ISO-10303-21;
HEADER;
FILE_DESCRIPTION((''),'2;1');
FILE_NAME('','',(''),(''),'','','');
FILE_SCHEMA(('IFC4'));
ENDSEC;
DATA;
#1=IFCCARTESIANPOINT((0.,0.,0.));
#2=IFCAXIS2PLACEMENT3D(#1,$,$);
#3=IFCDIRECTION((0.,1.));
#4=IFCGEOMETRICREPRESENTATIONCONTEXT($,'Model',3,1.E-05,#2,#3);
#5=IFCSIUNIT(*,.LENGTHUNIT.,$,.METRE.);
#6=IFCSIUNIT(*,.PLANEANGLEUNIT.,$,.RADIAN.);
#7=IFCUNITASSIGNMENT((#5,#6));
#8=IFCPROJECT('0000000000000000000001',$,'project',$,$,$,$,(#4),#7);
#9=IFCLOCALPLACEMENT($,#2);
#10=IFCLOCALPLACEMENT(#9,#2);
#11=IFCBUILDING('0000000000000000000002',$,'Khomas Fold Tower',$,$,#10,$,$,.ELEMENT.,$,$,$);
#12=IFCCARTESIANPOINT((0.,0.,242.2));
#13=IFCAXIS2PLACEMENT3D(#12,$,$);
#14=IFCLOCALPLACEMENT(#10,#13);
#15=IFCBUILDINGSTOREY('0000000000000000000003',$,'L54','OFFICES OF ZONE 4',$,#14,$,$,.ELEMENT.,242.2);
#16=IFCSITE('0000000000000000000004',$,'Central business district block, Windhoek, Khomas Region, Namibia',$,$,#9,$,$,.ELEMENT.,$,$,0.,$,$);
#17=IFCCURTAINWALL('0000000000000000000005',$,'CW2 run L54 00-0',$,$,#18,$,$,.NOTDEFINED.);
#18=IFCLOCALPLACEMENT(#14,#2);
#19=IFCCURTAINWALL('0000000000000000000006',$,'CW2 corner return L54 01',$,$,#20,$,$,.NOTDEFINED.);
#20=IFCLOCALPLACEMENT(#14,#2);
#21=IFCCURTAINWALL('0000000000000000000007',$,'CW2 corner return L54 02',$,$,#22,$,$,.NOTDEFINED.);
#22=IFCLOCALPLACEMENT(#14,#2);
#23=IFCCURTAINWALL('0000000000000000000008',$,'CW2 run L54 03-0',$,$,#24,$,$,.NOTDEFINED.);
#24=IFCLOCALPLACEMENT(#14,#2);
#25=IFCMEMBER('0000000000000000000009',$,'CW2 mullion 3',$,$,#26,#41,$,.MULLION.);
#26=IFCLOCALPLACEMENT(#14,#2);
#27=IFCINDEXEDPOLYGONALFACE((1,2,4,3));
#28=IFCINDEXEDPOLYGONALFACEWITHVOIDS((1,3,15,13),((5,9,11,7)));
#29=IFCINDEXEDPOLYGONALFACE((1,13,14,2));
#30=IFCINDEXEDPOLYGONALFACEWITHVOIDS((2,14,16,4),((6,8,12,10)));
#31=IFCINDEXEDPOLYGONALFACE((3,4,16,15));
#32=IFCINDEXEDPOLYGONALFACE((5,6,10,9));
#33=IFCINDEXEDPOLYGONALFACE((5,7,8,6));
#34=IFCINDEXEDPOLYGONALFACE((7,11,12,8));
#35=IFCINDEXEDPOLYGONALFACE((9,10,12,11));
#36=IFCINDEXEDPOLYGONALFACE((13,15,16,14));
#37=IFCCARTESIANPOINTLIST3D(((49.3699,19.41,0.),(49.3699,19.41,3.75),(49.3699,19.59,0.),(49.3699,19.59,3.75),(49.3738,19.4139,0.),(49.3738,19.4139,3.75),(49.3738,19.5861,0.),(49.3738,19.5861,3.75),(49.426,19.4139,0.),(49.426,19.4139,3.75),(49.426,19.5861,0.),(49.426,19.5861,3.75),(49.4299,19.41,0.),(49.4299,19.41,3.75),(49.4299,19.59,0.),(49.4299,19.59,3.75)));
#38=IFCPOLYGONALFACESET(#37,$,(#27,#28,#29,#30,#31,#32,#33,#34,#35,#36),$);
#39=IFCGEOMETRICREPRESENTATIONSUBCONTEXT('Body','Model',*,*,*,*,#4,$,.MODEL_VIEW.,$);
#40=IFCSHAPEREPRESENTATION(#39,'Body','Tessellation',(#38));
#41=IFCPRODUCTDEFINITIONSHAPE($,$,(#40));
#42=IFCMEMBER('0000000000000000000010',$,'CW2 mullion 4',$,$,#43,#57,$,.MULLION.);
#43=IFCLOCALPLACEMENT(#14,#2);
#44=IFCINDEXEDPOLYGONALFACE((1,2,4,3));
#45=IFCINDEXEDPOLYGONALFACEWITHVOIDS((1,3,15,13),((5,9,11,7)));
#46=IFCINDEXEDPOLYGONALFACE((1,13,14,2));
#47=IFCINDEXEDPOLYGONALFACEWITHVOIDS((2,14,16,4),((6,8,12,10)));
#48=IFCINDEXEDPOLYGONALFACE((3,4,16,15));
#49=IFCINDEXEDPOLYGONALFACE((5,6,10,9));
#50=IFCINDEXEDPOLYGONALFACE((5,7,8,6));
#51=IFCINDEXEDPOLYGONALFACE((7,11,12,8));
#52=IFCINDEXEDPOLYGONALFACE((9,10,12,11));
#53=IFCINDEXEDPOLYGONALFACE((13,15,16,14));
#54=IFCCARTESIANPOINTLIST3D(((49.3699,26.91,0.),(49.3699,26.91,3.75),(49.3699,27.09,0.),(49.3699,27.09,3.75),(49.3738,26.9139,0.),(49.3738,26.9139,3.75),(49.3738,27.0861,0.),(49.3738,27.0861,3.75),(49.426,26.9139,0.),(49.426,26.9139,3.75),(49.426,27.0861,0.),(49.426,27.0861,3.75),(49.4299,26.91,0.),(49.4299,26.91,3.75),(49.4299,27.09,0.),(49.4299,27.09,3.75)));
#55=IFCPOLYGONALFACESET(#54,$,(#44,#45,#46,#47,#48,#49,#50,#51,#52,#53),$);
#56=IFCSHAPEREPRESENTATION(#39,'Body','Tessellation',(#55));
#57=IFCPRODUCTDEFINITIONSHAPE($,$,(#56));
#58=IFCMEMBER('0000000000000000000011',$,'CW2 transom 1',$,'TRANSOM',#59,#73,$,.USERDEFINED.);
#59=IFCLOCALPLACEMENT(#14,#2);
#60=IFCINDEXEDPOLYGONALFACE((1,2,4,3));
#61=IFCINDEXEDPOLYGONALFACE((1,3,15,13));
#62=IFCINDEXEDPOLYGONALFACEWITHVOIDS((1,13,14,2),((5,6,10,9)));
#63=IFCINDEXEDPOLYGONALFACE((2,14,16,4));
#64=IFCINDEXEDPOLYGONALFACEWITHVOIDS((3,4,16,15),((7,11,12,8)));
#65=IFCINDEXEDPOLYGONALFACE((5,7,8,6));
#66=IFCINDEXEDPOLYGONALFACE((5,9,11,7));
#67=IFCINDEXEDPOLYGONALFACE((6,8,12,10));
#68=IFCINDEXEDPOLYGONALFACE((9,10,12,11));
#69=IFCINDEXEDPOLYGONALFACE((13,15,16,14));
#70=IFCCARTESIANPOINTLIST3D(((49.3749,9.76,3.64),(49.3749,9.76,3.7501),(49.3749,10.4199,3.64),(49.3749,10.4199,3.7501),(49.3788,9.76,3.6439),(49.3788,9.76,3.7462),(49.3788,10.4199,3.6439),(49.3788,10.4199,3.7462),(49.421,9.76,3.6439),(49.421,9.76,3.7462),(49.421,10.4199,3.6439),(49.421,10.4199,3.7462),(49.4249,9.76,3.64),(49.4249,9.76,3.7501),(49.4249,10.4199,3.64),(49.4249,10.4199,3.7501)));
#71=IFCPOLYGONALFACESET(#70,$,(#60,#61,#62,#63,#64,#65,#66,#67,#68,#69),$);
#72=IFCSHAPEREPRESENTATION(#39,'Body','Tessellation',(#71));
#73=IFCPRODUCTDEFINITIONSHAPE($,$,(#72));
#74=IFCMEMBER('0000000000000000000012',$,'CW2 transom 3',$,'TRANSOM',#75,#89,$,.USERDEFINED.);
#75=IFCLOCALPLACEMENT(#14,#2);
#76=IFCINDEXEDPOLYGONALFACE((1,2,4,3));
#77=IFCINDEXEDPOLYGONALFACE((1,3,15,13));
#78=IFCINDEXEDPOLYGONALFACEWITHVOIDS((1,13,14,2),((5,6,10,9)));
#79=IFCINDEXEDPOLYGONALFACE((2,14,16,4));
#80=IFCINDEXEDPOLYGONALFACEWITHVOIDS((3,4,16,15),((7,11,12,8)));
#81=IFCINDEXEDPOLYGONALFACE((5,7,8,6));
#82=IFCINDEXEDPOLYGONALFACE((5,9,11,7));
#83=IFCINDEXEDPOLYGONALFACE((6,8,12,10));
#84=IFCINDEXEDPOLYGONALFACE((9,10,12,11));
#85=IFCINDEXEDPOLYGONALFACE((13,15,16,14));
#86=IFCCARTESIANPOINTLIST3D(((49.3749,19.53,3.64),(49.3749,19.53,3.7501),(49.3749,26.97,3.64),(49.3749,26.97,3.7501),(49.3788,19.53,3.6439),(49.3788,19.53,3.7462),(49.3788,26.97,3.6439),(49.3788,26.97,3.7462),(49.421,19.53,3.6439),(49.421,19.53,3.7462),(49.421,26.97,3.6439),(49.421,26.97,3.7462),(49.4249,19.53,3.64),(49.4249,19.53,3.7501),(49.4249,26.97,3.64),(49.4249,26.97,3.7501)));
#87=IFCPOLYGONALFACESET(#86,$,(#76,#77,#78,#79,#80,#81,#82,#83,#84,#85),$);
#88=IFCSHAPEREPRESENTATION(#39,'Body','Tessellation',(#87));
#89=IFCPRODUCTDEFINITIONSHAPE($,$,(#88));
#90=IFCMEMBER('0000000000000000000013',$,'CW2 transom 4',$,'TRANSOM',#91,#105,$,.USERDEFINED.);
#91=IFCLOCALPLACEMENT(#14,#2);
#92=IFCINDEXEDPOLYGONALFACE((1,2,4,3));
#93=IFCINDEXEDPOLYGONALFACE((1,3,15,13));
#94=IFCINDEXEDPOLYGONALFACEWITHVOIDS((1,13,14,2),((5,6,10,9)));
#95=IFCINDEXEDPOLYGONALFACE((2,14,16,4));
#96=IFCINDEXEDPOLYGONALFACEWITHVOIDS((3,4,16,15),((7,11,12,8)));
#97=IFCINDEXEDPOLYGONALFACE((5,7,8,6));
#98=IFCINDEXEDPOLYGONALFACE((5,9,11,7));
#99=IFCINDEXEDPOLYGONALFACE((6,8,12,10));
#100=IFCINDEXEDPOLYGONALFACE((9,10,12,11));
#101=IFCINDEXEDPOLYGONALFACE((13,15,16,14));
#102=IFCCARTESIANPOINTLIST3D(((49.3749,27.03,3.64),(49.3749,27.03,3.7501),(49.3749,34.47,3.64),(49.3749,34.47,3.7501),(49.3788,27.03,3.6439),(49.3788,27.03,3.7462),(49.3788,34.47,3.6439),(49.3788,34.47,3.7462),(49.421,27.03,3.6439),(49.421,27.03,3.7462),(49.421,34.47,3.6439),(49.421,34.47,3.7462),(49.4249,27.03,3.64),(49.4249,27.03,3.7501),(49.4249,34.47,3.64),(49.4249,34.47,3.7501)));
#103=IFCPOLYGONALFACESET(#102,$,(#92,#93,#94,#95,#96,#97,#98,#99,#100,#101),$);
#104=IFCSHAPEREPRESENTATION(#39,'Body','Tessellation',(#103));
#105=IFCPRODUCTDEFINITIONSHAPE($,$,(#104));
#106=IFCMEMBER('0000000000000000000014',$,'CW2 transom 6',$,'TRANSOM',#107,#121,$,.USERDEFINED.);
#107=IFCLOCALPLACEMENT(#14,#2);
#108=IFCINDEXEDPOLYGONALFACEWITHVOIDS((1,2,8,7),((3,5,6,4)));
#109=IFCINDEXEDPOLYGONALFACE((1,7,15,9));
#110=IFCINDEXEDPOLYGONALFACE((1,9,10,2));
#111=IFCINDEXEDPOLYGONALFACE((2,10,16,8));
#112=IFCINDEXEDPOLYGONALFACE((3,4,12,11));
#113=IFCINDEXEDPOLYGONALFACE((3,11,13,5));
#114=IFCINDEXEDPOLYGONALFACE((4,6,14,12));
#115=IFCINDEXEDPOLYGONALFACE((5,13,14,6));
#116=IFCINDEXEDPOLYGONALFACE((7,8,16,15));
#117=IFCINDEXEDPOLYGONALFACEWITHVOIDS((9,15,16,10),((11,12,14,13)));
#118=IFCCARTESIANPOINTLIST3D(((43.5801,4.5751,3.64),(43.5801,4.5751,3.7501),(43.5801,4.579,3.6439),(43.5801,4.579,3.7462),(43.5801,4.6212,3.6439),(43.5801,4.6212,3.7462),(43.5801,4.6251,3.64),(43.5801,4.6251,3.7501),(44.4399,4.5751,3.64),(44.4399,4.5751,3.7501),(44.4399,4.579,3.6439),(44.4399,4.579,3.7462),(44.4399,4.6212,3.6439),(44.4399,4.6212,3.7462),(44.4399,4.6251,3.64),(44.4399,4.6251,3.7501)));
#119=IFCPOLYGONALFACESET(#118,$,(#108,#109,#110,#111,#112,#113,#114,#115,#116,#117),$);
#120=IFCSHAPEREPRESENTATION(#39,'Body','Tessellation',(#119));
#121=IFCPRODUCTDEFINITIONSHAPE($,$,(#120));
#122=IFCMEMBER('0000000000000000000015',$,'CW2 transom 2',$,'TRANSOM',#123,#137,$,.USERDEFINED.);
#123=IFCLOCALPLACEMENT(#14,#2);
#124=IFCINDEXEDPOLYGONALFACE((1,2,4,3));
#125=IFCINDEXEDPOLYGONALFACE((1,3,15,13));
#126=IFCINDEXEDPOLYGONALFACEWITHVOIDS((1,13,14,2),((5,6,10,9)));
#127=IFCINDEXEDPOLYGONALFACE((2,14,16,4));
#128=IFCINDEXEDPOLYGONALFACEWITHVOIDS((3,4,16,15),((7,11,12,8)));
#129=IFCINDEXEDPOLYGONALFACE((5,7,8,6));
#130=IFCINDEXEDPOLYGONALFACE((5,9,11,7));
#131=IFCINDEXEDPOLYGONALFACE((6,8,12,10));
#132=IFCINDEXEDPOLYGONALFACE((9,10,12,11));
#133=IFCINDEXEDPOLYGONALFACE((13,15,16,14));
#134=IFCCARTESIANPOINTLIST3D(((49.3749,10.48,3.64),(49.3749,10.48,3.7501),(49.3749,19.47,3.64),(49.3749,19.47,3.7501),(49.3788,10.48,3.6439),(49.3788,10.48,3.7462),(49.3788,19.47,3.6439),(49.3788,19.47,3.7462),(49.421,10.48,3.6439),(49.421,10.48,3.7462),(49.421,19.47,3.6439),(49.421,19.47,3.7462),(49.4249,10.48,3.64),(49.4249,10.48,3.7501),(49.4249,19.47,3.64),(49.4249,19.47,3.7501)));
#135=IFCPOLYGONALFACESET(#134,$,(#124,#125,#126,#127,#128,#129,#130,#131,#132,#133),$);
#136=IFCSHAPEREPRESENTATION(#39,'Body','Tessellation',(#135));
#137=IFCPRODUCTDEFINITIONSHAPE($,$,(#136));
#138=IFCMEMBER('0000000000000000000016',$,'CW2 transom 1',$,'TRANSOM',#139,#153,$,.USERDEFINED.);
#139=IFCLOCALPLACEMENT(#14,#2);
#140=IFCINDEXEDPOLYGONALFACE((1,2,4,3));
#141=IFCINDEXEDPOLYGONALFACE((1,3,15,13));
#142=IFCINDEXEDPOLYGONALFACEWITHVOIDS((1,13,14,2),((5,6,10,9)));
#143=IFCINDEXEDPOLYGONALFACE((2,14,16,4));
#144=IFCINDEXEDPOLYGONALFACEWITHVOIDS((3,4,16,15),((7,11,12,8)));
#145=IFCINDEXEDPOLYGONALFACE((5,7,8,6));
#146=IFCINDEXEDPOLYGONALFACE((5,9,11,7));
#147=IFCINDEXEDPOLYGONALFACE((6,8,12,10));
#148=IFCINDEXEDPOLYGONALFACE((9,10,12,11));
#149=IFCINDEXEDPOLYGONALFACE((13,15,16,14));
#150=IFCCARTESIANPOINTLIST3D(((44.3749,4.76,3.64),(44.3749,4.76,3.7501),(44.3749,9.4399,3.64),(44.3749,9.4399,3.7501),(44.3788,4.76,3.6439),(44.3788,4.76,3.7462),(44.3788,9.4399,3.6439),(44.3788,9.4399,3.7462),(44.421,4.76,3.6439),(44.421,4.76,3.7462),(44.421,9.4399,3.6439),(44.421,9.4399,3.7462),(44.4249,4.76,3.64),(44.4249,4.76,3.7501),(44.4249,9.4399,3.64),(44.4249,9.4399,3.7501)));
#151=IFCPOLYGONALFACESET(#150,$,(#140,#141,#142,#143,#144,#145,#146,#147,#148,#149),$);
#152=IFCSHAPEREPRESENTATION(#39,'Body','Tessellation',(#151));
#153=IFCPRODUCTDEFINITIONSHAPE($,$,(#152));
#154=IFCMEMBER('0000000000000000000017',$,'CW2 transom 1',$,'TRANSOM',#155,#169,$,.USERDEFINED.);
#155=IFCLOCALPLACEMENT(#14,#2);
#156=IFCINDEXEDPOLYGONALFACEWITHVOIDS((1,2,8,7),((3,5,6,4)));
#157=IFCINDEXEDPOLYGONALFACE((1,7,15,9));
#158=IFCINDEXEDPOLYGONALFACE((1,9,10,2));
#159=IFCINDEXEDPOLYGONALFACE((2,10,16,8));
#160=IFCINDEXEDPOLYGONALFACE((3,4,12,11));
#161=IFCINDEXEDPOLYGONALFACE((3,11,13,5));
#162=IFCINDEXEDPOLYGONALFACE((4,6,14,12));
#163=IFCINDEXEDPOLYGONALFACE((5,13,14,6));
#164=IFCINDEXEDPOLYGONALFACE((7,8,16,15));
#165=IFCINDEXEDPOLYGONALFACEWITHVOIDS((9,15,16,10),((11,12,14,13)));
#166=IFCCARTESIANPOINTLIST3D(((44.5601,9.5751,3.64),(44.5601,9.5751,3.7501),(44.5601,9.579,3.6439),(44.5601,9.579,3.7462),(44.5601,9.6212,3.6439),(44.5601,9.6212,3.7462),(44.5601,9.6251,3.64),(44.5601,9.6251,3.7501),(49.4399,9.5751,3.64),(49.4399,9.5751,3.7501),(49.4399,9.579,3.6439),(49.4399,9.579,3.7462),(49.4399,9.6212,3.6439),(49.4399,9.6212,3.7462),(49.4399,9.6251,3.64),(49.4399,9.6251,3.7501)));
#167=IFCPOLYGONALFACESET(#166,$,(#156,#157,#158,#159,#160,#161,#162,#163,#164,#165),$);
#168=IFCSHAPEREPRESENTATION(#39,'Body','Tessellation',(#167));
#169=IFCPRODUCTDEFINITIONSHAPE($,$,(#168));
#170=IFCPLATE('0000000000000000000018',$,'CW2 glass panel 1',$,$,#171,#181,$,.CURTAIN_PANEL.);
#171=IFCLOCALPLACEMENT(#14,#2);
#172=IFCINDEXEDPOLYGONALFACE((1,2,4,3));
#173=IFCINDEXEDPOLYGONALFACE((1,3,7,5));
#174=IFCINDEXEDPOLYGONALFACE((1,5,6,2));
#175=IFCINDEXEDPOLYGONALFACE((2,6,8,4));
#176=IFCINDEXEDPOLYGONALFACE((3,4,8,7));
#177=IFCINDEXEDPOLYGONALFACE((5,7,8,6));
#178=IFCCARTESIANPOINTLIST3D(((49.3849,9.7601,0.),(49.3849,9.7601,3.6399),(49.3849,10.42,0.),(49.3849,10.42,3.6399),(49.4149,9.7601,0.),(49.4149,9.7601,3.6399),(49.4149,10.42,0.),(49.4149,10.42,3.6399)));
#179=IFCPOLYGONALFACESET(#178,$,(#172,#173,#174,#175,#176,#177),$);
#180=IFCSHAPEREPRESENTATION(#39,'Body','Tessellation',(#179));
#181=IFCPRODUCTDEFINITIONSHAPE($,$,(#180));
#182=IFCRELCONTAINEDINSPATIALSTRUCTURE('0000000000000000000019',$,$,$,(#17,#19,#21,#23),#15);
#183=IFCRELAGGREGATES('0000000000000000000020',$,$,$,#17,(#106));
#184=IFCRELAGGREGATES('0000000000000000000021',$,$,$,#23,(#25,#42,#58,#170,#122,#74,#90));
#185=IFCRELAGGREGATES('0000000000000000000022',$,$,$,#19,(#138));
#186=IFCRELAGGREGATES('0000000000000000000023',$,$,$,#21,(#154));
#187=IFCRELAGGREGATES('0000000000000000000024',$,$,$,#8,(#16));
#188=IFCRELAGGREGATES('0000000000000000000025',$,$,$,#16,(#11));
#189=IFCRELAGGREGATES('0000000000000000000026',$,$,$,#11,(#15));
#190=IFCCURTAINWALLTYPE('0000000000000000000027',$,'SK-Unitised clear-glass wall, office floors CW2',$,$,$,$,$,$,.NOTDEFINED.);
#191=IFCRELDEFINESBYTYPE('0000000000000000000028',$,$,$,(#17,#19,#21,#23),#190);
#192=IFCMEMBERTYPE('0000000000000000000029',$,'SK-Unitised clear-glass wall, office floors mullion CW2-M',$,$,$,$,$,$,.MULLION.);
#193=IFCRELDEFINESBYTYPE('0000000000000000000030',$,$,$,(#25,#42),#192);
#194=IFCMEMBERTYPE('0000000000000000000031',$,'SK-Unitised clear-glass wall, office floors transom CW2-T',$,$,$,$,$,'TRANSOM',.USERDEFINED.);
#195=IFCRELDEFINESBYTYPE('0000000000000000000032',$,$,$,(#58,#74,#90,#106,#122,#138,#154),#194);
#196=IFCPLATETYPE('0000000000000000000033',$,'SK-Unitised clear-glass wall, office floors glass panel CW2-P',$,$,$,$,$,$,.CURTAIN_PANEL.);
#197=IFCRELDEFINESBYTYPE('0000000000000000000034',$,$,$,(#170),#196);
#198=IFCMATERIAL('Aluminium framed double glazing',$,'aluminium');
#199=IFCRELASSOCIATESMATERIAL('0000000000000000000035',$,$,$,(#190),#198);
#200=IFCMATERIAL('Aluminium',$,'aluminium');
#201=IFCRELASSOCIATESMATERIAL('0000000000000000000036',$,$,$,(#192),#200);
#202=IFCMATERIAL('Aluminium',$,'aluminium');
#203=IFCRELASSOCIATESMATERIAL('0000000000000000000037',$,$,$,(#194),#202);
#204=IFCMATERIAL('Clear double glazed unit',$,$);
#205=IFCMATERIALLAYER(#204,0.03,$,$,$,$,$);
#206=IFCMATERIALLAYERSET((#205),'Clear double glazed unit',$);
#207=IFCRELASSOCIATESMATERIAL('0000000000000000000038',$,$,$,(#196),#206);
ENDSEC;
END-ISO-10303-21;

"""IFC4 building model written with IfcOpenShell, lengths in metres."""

from ifc_helpers import new_model, si_unit, direction, frame, origin, origin_2d, place, context, subcontext, project, spatial, rectangle, hollow_rectangle, extrude, source, transform, mapped, material, layer, layer_set, material_profile, profile_set, type_object, element, aggregate, save


model = new_model("IFC4")

# Units and contexts
model_context = context("Model", 3, precision=1e-05, world=origin(), true_north=direction((0.0, 1.0)))
body_context = subcontext(model_context, "Body", "Model", "MODEL_VIEW")
ifc_project = project(units=[si_unit("LENGTHUNIT", "METRE"), si_unit("PLANEANGLEUNIT", "RADIAN")], contexts=[model_context])

# Site, building, storey
site_placement = place(None, origin())
site = spatial("IfcSite", under=ifc_project, at=site_placement, Name="Central business district block, Windhoek, Khomas Region, Namibia", CompositionType="ELEMENT", RefElevation=0.0)
building_placement = place(site_placement, origin())
building = spatial("IfcBuilding", under=site, at=building_placement, Name="Khomas Fold Tower", CompositionType="ELEMENT")
storey_placement = place(building_placement, frame((0.0, 0.0, 242.2)))
storey = spatial("IfcBuildingStorey", under=building, at=storey_placement, Name="L54", Description="OFFICES OF ZONE 4", CompositionType="ELEMENT", Elevation=242.2)

# Curtain walls, members
ifc_material_1 = material(Name="Aluminium framed double glazing", Category="aluminium")
curtain_wall_type = type_object("IfcCurtainWallType", Name="SK-Unitised clear-glass wall, office floors CW2", PredefinedType="NOTDEFINED", material=ifc_material_1)
curtain_wall_1_placement = place(storey_placement, origin())
curtain_wall_1 = element("IfcCurtainWall", 1, at=curtain_wall_1_placement, inside=storey, type_object=curtain_wall_type, Name="CW2 run L54 00-0", PredefinedType="NOTDEFINED")
ifc_material_2 = material(Name="Aluminium", Category="aluminium")
ifc_material_profile_1 = material_profile(ifc_material_2, hollow_rectangle(XDim=0.0601, YDim=0.1799, WallThickness=0.0039, at=origin_2d()), Name="SK-Unitised clear-glass wall, office floors mullion CW2-M")
ifc_profile_set_1 = profile_set([ifc_material_profile_1], Name="Aluminium")
member_type_1 = type_object("IfcMemberType", Name="SK-Unitised clear-glass wall, office floors mullion CW2-M", PredefinedType="MULLION", material=ifc_profile_set_1)
shared_shape_1 = source(origin(), body_context, "Body", "SweptSolid", [
    extrude(hollow_rectangle(XDim=0.0601, YDim=0.1799, WallThickness=0.0039, at=origin_2d()), origin(), (0.0, 0.0, 1.0), 3.75),
])
curtain_wall_2_placement = place(storey_placement, origin())
curtain_wall_2 = element("IfcCurtainWall", 2, at=curtain_wall_2_placement, inside=storey, type_object=curtain_wall_type, Name="CW2 corner return L54 01", PredefinedType="NOTDEFINED")
curtain_wall_3_placement = place(storey_placement, origin())
curtain_wall_3 = element("IfcCurtainWall", 3, at=curtain_wall_3_placement, inside=storey, type_object=curtain_wall_type, Name="CW2 corner return L54 02", PredefinedType="NOTDEFINED")
curtain_wall_4_placement = place(storey_placement, origin())
curtain_wall_4 = element("IfcCurtainWall", 4, at=curtain_wall_4_placement, inside=storey, type_object=curtain_wall_type, Name="CW2 run L54 03-0", PredefinedType="NOTDEFINED")
member_1_placement = place(storey_placement, frame((49.3999, 19.5, 0.0), z_axis=(0.0, 0.0, 1.0), x_axis=(-1.0, 0.0, 0.0)))
member_1 = element("IfcMember", 5, at=member_1_placement, type_object=member_type_1, Name="CW2 mullion 3", PredefinedType="MULLION", context=body_context, shape_type="MappedRepresentation", body=[
    mapped(shared_shape_1, transform((0.0, 0.0, 0.0))),
])
member_2_placement = place(storey_placement, frame((49.3999, 27.0, 0.0), z_axis=(0.0, 0.0, 1.0), x_axis=(-1.0, 0.0, 0.0)))
member_2 = element("IfcMember", 6, at=member_2_placement, type_object=member_type_1, Name="CW2 mullion 4", PredefinedType="MULLION", context=body_context, shape_type="MappedRepresentation", body=[
    mapped(shared_shape_1, transform((0.0, 0.0, 0.0))),
])
ifc_material_3 = material(Name="Aluminium", Category="aluminium")
ifc_material_profile_2 = material_profile(ifc_material_3, hollow_rectangle(XDim=0.05, YDim=0.1101, WallThickness=0.0039, at=origin_2d()), Name="SK-Unitised clear-glass wall, office floors transom CW2-T")
ifc_profile_set_2 = profile_set([ifc_material_profile_2], Name="Aluminium")
member_type_2 = type_object("IfcMemberType", Name="SK-Unitised clear-glass wall, office floors transom CW2-T", ElementType="TRANSOM", PredefinedType="USERDEFINED", material=ifc_profile_set_2)
shared_shape_2 = source(origin(), body_context, "Body", "SweptSolid", [
    extrude(hollow_rectangle(XDim=0.05, YDim=0.1101, WallThickness=0.0039, at=origin_2d()), origin(), (0.0, 0.0, 1.0), 0.6599),
])
member_3_placement = place(storey_placement, frame((49.3999, 9.76, 3.6951), z_axis=(0.0, 1.0, 0.0), x_axis=(-1.0, 0.0, 0.0)))
member_3 = element("IfcMember", 7, at=member_3_placement, type_object=member_type_2, Name="CW2 transom 1", ObjectType="TRANSOM", PredefinedType="USERDEFINED", context=body_context, shape_type="MappedRepresentation", body=[
    mapped(shared_shape_2, transform((0.0, 0.0, 0.0))),
])
shared_shape_3 = source(origin(), body_context, "Body", "SweptSolid", [
    extrude(hollow_rectangle(XDim=0.05, YDim=0.1101, WallThickness=0.0039, at=origin_2d()), origin(), (0.0, 0.0, 1.0), 7.4399),
])
member_4_placement = place(storey_placement, frame((49.3999, 19.53, 3.6951), z_axis=(0.0, 1.0, 0.0), x_axis=(-1.0, 0.0, 0.0)))
member_4 = element("IfcMember", 8, at=member_4_placement, type_object=member_type_2, Name="CW2 transom 3", ObjectType="TRANSOM", PredefinedType="USERDEFINED", context=body_context, shape_type="MappedRepresentation", body=[
    mapped(shared_shape_3, transform((0.0, 0.0, 0.0))),
])
member_5_placement = place(storey_placement, frame((49.3999, 27.03, 3.6951), z_axis=(0.0, 1.0, 0.0), x_axis=(-1.0, 0.0, 0.0)))
member_5 = element("IfcMember", 9, at=member_5_placement, type_object=member_type_2, Name="CW2 transom 4", ObjectType="TRANSOM", PredefinedType="USERDEFINED", context=body_context, shape_type="MappedRepresentation", body=[
    mapped(shared_shape_3, transform((0.0, 0.0, 0.0))),
])

# Members
shared_shape_4 = source(origin(), body_context, "Body", "SweptSolid", [
    extrude(hollow_rectangle(XDim=0.05, YDim=0.1101, WallThickness=0.0039, at=origin_2d()), origin(), (0.0, 0.0, 1.0), 0.8599),
])
member_6_placement = place(storey_placement, frame((43.5801, 4.6001, 3.6951), z_axis=(1.0, 0.0, 0.0), x_axis=(0.0, 1.0, 0.0)))
member_6 = element("IfcMember", 10, at=member_6_placement, type_object=member_type_2, Name="CW2 transom 6", ObjectType="TRANSOM", PredefinedType="USERDEFINED", context=body_context, shape_type="MappedRepresentation", body=[
    mapped(shared_shape_4, transform((0.0, 0.0, 0.0))),
])
shared_shape_5 = source(origin(), body_context, "Body", "SweptSolid", [
    extrude(hollow_rectangle(XDim=0.05, YDim=0.1101, WallThickness=0.0039, at=origin_2d()), origin(), (0.0, 0.0, 1.0), 8.99),
])
member_7_placement = place(storey_placement, frame((49.3999, 10.48, 3.6951), z_axis=(0.0, 1.0, 0.0), x_axis=(-1.0, 0.0, 0.0)))
member_7 = element("IfcMember", 11, at=member_7_placement, type_object=member_type_2, Name="CW2 transom 2", ObjectType="TRANSOM", PredefinedType="USERDEFINED", context=body_context, shape_type="MappedRepresentation", body=[
    mapped(shared_shape_5, transform((0.0, 0.0, 0.0))),
])
shared_shape_6 = source(origin(), body_context, "Body", "SweptSolid", [
    extrude(hollow_rectangle(XDim=0.05, YDim=0.1101, WallThickness=0.0039, at=origin_2d()), origin(), (0.0, 0.0, 1.0), 4.6799),
])
member_8_placement = place(storey_placement, frame((44.3999, 4.76, 3.6951), z_axis=(0.0, 1.0, 0.0), x_axis=(-1.0, 0.0, 0.0)))
member_8 = element("IfcMember", 12, at=member_8_placement, type_object=member_type_2, Name="CW2 transom 1", ObjectType="TRANSOM", PredefinedType="USERDEFINED", context=body_context, shape_type="MappedRepresentation", body=[
    mapped(shared_shape_6, transform((0.0, 0.0, 0.0))),
])
shared_shape_7 = source(origin(), body_context, "Body", "SweptSolid", [
    extrude(hollow_rectangle(XDim=0.05, YDim=0.1101, WallThickness=0.0039, at=origin_2d()), origin(), (0.0, 0.0, 1.0), 4.8799),
])
member_9_placement = place(storey_placement, frame((44.5601, 9.6001, 3.6951), z_axis=(1.0, 0.0, 0.0), x_axis=(0.0, 1.0, 0.0)))
member_9 = element("IfcMember", 13, at=member_9_placement, type_object=member_type_2, Name="CW2 transom 1", ObjectType="TRANSOM", PredefinedType="USERDEFINED", context=body_context, shape_type="MappedRepresentation", body=[
    mapped(shared_shape_7, transform((0.0, 0.0, 0.0))),
])

# Plate
ifc_material_4 = material(Name="Clear double glazed unit")
ifc_layer_1 = layer(ifc_material_4, 0.03)
ifc_layer_set_1 = layer_set([ifc_layer_1], Name="Clear double glazed unit")
plate_type = type_object("IfcPlateType", Name="SK-Unitised clear-glass wall, office floors glass panel CW2-P", PredefinedType="CURTAIN_PANEL", material=ifc_layer_set_1)
shared_shape_8 = source(origin(), body_context, "Body", "SweptSolid", [
    extrude(rectangle(XDim=0.6599, YDim=0.03, at=origin_2d()), origin(), (0.0, 0.0, 1.0), 3.6399),
])
plate_1_placement = place(storey_placement, frame((49.3999, 10.0901, 0.0), z_axis=(0.0, 0.0, 1.0), x_axis=(0.0, 1.0, 0.0)))
plate_1 = element("IfcPlate", 14, at=plate_1_placement, type_object=plate_type, Name="CW2 glass panel 1", PredefinedType="CURTAIN_PANEL", context=body_context, shape_type="MappedRepresentation", body=[
    mapped(shared_shape_8, transform((0.0, 0.0, 0.0))),
])
aggregate(curtain_wall_1, [member_6])
aggregate(curtain_wall_4, [member_1, member_2, member_3, plate_1, member_7, member_4, member_5])
aggregate(curtain_wall_2, [member_8])
aggregate(curtain_wall_3, [member_9])

save(model, "model.ifc")
